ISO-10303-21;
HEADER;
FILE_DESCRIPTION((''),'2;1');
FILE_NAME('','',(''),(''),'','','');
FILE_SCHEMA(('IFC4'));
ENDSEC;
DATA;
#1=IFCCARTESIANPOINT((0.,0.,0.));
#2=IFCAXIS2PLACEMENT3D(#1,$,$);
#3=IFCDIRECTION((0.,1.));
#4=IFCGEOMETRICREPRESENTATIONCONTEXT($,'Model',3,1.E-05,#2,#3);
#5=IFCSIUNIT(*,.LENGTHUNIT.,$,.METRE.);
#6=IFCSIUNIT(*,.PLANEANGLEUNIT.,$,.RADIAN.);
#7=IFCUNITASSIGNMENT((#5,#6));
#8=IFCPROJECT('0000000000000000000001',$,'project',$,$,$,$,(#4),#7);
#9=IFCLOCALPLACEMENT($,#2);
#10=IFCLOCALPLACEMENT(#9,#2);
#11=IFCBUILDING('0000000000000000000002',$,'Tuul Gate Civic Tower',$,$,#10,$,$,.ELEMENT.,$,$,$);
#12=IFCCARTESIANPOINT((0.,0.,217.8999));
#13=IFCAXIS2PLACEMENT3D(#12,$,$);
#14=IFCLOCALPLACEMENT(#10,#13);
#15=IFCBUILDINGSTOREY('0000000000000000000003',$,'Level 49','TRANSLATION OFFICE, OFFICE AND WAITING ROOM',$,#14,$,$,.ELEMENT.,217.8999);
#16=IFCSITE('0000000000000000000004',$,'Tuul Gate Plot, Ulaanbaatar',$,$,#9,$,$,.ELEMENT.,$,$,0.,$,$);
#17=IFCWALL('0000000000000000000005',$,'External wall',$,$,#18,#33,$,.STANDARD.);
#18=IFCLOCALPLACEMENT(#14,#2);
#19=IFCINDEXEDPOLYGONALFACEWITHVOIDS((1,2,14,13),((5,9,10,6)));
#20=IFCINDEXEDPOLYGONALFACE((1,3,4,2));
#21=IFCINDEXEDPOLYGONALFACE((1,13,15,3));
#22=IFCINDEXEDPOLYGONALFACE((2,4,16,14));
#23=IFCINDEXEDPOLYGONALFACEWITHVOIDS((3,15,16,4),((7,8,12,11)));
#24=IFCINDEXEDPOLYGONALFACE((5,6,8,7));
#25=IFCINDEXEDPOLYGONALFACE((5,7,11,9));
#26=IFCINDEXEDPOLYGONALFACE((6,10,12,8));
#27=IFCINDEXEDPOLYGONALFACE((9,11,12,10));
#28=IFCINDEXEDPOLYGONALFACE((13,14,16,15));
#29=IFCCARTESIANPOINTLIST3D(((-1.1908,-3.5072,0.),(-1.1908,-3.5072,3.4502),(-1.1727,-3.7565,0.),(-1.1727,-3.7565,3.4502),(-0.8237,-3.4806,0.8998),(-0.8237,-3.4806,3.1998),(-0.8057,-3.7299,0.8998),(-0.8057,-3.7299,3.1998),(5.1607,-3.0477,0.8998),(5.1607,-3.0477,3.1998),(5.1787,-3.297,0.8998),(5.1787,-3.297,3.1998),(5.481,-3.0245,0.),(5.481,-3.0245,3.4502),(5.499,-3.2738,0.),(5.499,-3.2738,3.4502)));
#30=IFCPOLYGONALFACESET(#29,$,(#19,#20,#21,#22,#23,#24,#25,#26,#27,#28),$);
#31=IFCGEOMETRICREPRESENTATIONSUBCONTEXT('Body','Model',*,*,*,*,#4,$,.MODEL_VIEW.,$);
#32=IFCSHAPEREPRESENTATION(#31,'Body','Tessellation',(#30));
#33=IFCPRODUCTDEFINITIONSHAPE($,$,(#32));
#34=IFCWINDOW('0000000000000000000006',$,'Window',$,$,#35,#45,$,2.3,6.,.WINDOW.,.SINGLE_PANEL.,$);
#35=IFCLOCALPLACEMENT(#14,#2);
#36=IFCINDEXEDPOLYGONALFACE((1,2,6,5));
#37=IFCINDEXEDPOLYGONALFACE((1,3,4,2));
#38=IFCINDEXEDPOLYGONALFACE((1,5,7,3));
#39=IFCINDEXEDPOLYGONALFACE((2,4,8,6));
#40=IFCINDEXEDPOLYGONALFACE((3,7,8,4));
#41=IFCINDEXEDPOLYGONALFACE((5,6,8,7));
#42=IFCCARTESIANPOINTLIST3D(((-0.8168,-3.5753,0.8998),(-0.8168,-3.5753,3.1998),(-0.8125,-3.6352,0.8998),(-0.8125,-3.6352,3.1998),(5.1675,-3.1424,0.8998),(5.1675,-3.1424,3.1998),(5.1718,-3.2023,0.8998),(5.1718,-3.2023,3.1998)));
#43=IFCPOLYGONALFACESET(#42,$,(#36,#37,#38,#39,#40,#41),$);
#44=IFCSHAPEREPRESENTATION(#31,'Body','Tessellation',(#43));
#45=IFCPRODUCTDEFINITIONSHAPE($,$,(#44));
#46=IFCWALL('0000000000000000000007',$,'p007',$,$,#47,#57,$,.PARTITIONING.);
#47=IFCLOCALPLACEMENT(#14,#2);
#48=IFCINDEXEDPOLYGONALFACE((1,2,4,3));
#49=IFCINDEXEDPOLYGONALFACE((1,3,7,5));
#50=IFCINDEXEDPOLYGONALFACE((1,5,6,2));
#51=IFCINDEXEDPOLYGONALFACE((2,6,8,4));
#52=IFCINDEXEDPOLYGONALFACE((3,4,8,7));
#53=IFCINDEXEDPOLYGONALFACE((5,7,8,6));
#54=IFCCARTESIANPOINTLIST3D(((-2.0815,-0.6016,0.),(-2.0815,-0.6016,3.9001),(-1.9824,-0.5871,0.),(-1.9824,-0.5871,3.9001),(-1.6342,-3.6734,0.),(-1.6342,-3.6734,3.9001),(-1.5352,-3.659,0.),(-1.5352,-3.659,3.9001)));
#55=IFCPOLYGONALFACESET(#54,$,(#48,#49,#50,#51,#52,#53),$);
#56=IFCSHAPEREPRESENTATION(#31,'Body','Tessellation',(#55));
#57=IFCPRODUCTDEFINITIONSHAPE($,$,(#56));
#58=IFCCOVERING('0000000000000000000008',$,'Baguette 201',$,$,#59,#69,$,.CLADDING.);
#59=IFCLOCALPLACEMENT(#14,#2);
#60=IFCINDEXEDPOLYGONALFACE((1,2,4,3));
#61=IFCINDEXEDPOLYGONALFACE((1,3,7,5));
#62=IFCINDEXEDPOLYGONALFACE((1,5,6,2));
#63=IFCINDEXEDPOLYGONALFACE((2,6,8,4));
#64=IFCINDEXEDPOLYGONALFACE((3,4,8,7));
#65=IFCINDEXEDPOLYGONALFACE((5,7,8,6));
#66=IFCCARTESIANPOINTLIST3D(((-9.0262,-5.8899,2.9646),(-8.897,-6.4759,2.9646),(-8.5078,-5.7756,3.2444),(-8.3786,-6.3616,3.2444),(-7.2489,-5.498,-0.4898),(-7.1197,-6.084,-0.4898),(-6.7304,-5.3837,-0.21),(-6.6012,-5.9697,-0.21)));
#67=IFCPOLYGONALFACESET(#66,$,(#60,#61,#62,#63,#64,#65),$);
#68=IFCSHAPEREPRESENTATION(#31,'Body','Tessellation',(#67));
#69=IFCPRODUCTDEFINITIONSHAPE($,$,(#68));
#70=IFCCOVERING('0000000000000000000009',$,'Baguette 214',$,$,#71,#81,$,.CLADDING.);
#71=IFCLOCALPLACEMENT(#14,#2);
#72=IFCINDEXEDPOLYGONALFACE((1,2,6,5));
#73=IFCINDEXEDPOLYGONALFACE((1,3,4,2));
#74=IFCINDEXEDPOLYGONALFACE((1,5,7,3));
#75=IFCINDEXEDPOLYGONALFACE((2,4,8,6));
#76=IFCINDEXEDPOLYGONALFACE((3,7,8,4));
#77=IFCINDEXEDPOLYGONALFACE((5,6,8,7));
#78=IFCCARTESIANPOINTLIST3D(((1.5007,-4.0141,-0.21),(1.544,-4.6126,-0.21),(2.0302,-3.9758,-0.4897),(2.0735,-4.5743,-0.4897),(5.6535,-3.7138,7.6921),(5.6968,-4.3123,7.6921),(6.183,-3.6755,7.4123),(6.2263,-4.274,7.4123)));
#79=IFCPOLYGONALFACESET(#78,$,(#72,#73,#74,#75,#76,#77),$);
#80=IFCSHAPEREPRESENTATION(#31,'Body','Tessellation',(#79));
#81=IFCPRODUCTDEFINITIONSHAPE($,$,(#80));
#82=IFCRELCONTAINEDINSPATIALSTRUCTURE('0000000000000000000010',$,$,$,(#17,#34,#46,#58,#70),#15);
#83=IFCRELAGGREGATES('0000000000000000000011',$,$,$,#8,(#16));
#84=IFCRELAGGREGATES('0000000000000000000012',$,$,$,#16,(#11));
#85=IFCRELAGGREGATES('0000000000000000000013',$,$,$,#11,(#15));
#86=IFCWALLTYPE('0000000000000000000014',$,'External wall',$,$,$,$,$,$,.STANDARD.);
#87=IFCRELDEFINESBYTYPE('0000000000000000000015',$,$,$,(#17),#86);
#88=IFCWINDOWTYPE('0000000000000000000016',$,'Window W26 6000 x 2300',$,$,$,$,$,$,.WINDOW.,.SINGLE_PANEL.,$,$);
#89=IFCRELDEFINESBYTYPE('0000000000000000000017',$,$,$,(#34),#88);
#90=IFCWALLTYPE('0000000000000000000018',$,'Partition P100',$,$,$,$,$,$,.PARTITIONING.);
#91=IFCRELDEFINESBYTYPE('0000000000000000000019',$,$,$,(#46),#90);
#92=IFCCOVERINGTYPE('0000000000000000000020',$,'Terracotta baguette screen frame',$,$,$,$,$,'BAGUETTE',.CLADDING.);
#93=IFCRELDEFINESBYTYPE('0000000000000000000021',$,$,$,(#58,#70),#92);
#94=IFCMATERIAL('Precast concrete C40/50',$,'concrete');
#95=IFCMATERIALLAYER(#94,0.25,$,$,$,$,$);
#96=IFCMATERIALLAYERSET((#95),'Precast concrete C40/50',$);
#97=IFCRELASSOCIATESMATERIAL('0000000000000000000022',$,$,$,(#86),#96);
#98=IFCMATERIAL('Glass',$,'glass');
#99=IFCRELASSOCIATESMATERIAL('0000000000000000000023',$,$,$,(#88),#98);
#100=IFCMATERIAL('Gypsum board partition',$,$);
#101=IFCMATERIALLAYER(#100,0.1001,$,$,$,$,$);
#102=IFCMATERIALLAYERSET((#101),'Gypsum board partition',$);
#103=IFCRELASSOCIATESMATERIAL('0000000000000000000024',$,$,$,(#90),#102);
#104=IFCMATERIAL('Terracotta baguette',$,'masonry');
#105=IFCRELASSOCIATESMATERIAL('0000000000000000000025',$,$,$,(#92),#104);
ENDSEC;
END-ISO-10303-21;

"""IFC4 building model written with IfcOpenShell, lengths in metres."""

from ifc_helpers import new_model, si_unit, direction, frame, frame_2d, origin, origin_2d, place, context, subcontext, project, spatial, rectangle, extrude, material, layer, layer_set, material_profile, profile_set, type_object, element, fill, save


model = new_model("IFC4")

# Units and contexts
model_context = context("Model", 3, precision=1e-05, world=origin(), true_north=direction((0.0, 1.0)))
body_context = subcontext(model_context, "Body", "Model", "MODEL_VIEW")
ifc_project = project(units=[si_unit("LENGTHUNIT", "METRE"), si_unit("PLANEANGLEUNIT", "RADIAN")], contexts=[model_context])

# Site, building, storey
site_placement = place(None, origin())
site = spatial("IfcSite", under=ifc_project, at=site_placement, Name="Tuul Gate Plot, Ulaanbaatar", CompositionType="ELEMENT", RefElevation=0.0)
building_placement = place(site_placement, origin())
building = spatial("IfcBuilding", under=site, at=building_placement, Name="Tuul Gate Civic Tower", CompositionType="ELEMENT")
storey_placement = place(building_placement, frame((0.0, 0.0, 217.8999)))
storey = spatial("IfcBuildingStorey", under=building, at=storey_placement, Name="Level 49", Description="TRANSLATION OFFICE, OFFICE AND WAITING ROOM", CompositionType="ELEMENT", Elevation=217.8999)

# Wall, opening, window
ifc_material_1 = material(Name="Precast concrete C40/50", Category="concrete")
ifc_layer_1 = layer(ifc_material_1, 0.25)
ifc_layer_set_1 = layer_set([ifc_layer_1], Name="Precast concrete C40/50")
wall_type_1 = type_object("IfcWallType", Name="External wall", PredefinedType="STANDARD", material=ifc_layer_set_1)
ifc_material_2 = material(Name="Glass", Category="glass")
window_type = type_object("IfcWindowType", Name="Window W26 6000 x 2300", PartitioningType="SINGLE_PANEL", PredefinedType="WINDOW", material=ifc_material_2)
wall_1_placement = place(storey_placement, frame((-1.1819, -3.6318, 0.0), z_axis=(0.0, 0.0, 1.0), x_axis=(0.997393, 0.072155, 0.0)))
wall_1 = element("IfcWall", 1, at=wall_1_placement, inside=storey, type_object=wall_type_1, Name="External wall", PredefinedType="STANDARD", context=body_context, shape_type="SweptSolid", body=[
    extrude(rectangle(XDim=6.6892, YDim=0.25, at=frame_2d((3.3447, 0.0))), origin(), (0.0, 0.0, 1.0), 3.4502),
])
opening_1_placement = place(wall_1_placement, frame((0.3682, 0.0, 0.8999)))
opening_1 = element("IfcOpeningElement", 2, at=opening_1_placement, cuts=wall_1, PredefinedType="OPENING", context=body_context, shape_type="SweptSolid", body=[
    extrude(rectangle(XDim=6.0, YDim=2.3, at=frame_2d((3.0, 1.1499))), frame((0.0, 0.135, 0.0), z_axis=(0.0, -1.0, 0.0), x_axis=(1.0, 0.0, 0.0)), (0.0, 0.0, 1.0), 0.27),
])
window_1_placement = place(opening_1_placement, origin())
window_1 = element("IfcWindow", 3, at=window_1_placement, inside=storey, type_object=window_type, Name="Window", OverallHeight=2.3, OverallWidth=6.0, PartitioningType="SINGLE_PANEL", PredefinedType="WINDOW", context=body_context, shape_type="SweptSolid", body=[
    extrude(rectangle(XDim=6.0, YDim=2.3, at=frame_2d((3.0, 1.1499))), frame((0.0, 0.03, 0.0), z_axis=(0.0, -1.0, 0.0), x_axis=(1.0, 0.0, 0.0)), (0.0, 0.0, 1.0), 0.0601),
])
fill(opening_1, window_1)

# Wall
ifc_material_3 = material(Name="Gypsum board partition")
ifc_layer_2 = layer(ifc_material_3, 0.1001)
ifc_layer_set_2 = layer_set([ifc_layer_2], Name="Gypsum board partition")
wall_type_2 = type_object("IfcWallType", Name="Partition P100", PredefinedType="PARTITIONING", material=ifc_layer_set_2)
wall_2_placement = place(storey_placement, frame((-2.032, -0.5942, 0.0), z_axis=(0.0, 0.0, 1.0), x_axis=(0.144085, -0.989565, 0.0)))
element("IfcWall", 4, at=wall_2_placement, inside=storey, type_object=wall_type_2, Name="p007", PredefinedType="PARTITIONING", context=body_context, shape_type="SweptSolid", body=[
    extrude(rectangle(XDim=3.1042, YDim=0.1001, at=frame_2d((1.5522, 0.0))), origin(), (0.0, 0.0, 1.0), 3.9001),
])

# Coverings
ifc_material_4 = material(Name="Terracotta baguette", Category="masonry")
ifc_material_profile_1 = material_profile(ifc_material_4, rectangle(XDim=0.6001, YDim=0.6001, at=origin_2d()), Name="Terracotta baguette screen frame")
ifc_profile_set_1 = profile_set([ifc_material_profile_1], Name="Terracotta baguette")
covering_type = type_object("IfcCoveringType", Name="Terracotta baguette screen frame", ElementType="BAGUETTE", PredefinedType="CLADDING", material=ifc_profile_set_1)
covering_1_placement = place(storey_placement, frame((-8.7024, -6.1257, 3.1045), z_axis=(0.455206, 0.100358, -0.884712), x_axis=(-0.215297, 0.976549, 0.0)))
element("IfcCovering", 5, at=covering_1_placement, inside=storey, type_object=covering_type, Name="Baguette 201", PredefinedType="CLADDING", context=body_context, shape_type="SweptSolid", body=[
    extrude(rectangle(XDim=0.6001, YDim=0.6001, at=origin_2d()), origin(), (0.0, 0.0, 1.0), 3.9045),
])
covering_2_placement = place(storey_placement, frame((1.7871, -4.2942, -0.3499), z_axis=(0.464942, 0.03362, 0.884702), x_axis=(-0.072122, 0.997396, 0.0)))
element("IfcCovering", 6, at=covering_2_placement, inside=storey, type_object=covering_type, Name="Baguette 214", PredefinedType="CLADDING", context=body_context, shape_type="SweptSolid", body=[
    extrude(rectangle(XDim=0.6001, YDim=0.6001, at=origin_2d()), origin(), (0.0, 0.0, 1.0), 8.9319),
])

save(model, "model.ifc")
